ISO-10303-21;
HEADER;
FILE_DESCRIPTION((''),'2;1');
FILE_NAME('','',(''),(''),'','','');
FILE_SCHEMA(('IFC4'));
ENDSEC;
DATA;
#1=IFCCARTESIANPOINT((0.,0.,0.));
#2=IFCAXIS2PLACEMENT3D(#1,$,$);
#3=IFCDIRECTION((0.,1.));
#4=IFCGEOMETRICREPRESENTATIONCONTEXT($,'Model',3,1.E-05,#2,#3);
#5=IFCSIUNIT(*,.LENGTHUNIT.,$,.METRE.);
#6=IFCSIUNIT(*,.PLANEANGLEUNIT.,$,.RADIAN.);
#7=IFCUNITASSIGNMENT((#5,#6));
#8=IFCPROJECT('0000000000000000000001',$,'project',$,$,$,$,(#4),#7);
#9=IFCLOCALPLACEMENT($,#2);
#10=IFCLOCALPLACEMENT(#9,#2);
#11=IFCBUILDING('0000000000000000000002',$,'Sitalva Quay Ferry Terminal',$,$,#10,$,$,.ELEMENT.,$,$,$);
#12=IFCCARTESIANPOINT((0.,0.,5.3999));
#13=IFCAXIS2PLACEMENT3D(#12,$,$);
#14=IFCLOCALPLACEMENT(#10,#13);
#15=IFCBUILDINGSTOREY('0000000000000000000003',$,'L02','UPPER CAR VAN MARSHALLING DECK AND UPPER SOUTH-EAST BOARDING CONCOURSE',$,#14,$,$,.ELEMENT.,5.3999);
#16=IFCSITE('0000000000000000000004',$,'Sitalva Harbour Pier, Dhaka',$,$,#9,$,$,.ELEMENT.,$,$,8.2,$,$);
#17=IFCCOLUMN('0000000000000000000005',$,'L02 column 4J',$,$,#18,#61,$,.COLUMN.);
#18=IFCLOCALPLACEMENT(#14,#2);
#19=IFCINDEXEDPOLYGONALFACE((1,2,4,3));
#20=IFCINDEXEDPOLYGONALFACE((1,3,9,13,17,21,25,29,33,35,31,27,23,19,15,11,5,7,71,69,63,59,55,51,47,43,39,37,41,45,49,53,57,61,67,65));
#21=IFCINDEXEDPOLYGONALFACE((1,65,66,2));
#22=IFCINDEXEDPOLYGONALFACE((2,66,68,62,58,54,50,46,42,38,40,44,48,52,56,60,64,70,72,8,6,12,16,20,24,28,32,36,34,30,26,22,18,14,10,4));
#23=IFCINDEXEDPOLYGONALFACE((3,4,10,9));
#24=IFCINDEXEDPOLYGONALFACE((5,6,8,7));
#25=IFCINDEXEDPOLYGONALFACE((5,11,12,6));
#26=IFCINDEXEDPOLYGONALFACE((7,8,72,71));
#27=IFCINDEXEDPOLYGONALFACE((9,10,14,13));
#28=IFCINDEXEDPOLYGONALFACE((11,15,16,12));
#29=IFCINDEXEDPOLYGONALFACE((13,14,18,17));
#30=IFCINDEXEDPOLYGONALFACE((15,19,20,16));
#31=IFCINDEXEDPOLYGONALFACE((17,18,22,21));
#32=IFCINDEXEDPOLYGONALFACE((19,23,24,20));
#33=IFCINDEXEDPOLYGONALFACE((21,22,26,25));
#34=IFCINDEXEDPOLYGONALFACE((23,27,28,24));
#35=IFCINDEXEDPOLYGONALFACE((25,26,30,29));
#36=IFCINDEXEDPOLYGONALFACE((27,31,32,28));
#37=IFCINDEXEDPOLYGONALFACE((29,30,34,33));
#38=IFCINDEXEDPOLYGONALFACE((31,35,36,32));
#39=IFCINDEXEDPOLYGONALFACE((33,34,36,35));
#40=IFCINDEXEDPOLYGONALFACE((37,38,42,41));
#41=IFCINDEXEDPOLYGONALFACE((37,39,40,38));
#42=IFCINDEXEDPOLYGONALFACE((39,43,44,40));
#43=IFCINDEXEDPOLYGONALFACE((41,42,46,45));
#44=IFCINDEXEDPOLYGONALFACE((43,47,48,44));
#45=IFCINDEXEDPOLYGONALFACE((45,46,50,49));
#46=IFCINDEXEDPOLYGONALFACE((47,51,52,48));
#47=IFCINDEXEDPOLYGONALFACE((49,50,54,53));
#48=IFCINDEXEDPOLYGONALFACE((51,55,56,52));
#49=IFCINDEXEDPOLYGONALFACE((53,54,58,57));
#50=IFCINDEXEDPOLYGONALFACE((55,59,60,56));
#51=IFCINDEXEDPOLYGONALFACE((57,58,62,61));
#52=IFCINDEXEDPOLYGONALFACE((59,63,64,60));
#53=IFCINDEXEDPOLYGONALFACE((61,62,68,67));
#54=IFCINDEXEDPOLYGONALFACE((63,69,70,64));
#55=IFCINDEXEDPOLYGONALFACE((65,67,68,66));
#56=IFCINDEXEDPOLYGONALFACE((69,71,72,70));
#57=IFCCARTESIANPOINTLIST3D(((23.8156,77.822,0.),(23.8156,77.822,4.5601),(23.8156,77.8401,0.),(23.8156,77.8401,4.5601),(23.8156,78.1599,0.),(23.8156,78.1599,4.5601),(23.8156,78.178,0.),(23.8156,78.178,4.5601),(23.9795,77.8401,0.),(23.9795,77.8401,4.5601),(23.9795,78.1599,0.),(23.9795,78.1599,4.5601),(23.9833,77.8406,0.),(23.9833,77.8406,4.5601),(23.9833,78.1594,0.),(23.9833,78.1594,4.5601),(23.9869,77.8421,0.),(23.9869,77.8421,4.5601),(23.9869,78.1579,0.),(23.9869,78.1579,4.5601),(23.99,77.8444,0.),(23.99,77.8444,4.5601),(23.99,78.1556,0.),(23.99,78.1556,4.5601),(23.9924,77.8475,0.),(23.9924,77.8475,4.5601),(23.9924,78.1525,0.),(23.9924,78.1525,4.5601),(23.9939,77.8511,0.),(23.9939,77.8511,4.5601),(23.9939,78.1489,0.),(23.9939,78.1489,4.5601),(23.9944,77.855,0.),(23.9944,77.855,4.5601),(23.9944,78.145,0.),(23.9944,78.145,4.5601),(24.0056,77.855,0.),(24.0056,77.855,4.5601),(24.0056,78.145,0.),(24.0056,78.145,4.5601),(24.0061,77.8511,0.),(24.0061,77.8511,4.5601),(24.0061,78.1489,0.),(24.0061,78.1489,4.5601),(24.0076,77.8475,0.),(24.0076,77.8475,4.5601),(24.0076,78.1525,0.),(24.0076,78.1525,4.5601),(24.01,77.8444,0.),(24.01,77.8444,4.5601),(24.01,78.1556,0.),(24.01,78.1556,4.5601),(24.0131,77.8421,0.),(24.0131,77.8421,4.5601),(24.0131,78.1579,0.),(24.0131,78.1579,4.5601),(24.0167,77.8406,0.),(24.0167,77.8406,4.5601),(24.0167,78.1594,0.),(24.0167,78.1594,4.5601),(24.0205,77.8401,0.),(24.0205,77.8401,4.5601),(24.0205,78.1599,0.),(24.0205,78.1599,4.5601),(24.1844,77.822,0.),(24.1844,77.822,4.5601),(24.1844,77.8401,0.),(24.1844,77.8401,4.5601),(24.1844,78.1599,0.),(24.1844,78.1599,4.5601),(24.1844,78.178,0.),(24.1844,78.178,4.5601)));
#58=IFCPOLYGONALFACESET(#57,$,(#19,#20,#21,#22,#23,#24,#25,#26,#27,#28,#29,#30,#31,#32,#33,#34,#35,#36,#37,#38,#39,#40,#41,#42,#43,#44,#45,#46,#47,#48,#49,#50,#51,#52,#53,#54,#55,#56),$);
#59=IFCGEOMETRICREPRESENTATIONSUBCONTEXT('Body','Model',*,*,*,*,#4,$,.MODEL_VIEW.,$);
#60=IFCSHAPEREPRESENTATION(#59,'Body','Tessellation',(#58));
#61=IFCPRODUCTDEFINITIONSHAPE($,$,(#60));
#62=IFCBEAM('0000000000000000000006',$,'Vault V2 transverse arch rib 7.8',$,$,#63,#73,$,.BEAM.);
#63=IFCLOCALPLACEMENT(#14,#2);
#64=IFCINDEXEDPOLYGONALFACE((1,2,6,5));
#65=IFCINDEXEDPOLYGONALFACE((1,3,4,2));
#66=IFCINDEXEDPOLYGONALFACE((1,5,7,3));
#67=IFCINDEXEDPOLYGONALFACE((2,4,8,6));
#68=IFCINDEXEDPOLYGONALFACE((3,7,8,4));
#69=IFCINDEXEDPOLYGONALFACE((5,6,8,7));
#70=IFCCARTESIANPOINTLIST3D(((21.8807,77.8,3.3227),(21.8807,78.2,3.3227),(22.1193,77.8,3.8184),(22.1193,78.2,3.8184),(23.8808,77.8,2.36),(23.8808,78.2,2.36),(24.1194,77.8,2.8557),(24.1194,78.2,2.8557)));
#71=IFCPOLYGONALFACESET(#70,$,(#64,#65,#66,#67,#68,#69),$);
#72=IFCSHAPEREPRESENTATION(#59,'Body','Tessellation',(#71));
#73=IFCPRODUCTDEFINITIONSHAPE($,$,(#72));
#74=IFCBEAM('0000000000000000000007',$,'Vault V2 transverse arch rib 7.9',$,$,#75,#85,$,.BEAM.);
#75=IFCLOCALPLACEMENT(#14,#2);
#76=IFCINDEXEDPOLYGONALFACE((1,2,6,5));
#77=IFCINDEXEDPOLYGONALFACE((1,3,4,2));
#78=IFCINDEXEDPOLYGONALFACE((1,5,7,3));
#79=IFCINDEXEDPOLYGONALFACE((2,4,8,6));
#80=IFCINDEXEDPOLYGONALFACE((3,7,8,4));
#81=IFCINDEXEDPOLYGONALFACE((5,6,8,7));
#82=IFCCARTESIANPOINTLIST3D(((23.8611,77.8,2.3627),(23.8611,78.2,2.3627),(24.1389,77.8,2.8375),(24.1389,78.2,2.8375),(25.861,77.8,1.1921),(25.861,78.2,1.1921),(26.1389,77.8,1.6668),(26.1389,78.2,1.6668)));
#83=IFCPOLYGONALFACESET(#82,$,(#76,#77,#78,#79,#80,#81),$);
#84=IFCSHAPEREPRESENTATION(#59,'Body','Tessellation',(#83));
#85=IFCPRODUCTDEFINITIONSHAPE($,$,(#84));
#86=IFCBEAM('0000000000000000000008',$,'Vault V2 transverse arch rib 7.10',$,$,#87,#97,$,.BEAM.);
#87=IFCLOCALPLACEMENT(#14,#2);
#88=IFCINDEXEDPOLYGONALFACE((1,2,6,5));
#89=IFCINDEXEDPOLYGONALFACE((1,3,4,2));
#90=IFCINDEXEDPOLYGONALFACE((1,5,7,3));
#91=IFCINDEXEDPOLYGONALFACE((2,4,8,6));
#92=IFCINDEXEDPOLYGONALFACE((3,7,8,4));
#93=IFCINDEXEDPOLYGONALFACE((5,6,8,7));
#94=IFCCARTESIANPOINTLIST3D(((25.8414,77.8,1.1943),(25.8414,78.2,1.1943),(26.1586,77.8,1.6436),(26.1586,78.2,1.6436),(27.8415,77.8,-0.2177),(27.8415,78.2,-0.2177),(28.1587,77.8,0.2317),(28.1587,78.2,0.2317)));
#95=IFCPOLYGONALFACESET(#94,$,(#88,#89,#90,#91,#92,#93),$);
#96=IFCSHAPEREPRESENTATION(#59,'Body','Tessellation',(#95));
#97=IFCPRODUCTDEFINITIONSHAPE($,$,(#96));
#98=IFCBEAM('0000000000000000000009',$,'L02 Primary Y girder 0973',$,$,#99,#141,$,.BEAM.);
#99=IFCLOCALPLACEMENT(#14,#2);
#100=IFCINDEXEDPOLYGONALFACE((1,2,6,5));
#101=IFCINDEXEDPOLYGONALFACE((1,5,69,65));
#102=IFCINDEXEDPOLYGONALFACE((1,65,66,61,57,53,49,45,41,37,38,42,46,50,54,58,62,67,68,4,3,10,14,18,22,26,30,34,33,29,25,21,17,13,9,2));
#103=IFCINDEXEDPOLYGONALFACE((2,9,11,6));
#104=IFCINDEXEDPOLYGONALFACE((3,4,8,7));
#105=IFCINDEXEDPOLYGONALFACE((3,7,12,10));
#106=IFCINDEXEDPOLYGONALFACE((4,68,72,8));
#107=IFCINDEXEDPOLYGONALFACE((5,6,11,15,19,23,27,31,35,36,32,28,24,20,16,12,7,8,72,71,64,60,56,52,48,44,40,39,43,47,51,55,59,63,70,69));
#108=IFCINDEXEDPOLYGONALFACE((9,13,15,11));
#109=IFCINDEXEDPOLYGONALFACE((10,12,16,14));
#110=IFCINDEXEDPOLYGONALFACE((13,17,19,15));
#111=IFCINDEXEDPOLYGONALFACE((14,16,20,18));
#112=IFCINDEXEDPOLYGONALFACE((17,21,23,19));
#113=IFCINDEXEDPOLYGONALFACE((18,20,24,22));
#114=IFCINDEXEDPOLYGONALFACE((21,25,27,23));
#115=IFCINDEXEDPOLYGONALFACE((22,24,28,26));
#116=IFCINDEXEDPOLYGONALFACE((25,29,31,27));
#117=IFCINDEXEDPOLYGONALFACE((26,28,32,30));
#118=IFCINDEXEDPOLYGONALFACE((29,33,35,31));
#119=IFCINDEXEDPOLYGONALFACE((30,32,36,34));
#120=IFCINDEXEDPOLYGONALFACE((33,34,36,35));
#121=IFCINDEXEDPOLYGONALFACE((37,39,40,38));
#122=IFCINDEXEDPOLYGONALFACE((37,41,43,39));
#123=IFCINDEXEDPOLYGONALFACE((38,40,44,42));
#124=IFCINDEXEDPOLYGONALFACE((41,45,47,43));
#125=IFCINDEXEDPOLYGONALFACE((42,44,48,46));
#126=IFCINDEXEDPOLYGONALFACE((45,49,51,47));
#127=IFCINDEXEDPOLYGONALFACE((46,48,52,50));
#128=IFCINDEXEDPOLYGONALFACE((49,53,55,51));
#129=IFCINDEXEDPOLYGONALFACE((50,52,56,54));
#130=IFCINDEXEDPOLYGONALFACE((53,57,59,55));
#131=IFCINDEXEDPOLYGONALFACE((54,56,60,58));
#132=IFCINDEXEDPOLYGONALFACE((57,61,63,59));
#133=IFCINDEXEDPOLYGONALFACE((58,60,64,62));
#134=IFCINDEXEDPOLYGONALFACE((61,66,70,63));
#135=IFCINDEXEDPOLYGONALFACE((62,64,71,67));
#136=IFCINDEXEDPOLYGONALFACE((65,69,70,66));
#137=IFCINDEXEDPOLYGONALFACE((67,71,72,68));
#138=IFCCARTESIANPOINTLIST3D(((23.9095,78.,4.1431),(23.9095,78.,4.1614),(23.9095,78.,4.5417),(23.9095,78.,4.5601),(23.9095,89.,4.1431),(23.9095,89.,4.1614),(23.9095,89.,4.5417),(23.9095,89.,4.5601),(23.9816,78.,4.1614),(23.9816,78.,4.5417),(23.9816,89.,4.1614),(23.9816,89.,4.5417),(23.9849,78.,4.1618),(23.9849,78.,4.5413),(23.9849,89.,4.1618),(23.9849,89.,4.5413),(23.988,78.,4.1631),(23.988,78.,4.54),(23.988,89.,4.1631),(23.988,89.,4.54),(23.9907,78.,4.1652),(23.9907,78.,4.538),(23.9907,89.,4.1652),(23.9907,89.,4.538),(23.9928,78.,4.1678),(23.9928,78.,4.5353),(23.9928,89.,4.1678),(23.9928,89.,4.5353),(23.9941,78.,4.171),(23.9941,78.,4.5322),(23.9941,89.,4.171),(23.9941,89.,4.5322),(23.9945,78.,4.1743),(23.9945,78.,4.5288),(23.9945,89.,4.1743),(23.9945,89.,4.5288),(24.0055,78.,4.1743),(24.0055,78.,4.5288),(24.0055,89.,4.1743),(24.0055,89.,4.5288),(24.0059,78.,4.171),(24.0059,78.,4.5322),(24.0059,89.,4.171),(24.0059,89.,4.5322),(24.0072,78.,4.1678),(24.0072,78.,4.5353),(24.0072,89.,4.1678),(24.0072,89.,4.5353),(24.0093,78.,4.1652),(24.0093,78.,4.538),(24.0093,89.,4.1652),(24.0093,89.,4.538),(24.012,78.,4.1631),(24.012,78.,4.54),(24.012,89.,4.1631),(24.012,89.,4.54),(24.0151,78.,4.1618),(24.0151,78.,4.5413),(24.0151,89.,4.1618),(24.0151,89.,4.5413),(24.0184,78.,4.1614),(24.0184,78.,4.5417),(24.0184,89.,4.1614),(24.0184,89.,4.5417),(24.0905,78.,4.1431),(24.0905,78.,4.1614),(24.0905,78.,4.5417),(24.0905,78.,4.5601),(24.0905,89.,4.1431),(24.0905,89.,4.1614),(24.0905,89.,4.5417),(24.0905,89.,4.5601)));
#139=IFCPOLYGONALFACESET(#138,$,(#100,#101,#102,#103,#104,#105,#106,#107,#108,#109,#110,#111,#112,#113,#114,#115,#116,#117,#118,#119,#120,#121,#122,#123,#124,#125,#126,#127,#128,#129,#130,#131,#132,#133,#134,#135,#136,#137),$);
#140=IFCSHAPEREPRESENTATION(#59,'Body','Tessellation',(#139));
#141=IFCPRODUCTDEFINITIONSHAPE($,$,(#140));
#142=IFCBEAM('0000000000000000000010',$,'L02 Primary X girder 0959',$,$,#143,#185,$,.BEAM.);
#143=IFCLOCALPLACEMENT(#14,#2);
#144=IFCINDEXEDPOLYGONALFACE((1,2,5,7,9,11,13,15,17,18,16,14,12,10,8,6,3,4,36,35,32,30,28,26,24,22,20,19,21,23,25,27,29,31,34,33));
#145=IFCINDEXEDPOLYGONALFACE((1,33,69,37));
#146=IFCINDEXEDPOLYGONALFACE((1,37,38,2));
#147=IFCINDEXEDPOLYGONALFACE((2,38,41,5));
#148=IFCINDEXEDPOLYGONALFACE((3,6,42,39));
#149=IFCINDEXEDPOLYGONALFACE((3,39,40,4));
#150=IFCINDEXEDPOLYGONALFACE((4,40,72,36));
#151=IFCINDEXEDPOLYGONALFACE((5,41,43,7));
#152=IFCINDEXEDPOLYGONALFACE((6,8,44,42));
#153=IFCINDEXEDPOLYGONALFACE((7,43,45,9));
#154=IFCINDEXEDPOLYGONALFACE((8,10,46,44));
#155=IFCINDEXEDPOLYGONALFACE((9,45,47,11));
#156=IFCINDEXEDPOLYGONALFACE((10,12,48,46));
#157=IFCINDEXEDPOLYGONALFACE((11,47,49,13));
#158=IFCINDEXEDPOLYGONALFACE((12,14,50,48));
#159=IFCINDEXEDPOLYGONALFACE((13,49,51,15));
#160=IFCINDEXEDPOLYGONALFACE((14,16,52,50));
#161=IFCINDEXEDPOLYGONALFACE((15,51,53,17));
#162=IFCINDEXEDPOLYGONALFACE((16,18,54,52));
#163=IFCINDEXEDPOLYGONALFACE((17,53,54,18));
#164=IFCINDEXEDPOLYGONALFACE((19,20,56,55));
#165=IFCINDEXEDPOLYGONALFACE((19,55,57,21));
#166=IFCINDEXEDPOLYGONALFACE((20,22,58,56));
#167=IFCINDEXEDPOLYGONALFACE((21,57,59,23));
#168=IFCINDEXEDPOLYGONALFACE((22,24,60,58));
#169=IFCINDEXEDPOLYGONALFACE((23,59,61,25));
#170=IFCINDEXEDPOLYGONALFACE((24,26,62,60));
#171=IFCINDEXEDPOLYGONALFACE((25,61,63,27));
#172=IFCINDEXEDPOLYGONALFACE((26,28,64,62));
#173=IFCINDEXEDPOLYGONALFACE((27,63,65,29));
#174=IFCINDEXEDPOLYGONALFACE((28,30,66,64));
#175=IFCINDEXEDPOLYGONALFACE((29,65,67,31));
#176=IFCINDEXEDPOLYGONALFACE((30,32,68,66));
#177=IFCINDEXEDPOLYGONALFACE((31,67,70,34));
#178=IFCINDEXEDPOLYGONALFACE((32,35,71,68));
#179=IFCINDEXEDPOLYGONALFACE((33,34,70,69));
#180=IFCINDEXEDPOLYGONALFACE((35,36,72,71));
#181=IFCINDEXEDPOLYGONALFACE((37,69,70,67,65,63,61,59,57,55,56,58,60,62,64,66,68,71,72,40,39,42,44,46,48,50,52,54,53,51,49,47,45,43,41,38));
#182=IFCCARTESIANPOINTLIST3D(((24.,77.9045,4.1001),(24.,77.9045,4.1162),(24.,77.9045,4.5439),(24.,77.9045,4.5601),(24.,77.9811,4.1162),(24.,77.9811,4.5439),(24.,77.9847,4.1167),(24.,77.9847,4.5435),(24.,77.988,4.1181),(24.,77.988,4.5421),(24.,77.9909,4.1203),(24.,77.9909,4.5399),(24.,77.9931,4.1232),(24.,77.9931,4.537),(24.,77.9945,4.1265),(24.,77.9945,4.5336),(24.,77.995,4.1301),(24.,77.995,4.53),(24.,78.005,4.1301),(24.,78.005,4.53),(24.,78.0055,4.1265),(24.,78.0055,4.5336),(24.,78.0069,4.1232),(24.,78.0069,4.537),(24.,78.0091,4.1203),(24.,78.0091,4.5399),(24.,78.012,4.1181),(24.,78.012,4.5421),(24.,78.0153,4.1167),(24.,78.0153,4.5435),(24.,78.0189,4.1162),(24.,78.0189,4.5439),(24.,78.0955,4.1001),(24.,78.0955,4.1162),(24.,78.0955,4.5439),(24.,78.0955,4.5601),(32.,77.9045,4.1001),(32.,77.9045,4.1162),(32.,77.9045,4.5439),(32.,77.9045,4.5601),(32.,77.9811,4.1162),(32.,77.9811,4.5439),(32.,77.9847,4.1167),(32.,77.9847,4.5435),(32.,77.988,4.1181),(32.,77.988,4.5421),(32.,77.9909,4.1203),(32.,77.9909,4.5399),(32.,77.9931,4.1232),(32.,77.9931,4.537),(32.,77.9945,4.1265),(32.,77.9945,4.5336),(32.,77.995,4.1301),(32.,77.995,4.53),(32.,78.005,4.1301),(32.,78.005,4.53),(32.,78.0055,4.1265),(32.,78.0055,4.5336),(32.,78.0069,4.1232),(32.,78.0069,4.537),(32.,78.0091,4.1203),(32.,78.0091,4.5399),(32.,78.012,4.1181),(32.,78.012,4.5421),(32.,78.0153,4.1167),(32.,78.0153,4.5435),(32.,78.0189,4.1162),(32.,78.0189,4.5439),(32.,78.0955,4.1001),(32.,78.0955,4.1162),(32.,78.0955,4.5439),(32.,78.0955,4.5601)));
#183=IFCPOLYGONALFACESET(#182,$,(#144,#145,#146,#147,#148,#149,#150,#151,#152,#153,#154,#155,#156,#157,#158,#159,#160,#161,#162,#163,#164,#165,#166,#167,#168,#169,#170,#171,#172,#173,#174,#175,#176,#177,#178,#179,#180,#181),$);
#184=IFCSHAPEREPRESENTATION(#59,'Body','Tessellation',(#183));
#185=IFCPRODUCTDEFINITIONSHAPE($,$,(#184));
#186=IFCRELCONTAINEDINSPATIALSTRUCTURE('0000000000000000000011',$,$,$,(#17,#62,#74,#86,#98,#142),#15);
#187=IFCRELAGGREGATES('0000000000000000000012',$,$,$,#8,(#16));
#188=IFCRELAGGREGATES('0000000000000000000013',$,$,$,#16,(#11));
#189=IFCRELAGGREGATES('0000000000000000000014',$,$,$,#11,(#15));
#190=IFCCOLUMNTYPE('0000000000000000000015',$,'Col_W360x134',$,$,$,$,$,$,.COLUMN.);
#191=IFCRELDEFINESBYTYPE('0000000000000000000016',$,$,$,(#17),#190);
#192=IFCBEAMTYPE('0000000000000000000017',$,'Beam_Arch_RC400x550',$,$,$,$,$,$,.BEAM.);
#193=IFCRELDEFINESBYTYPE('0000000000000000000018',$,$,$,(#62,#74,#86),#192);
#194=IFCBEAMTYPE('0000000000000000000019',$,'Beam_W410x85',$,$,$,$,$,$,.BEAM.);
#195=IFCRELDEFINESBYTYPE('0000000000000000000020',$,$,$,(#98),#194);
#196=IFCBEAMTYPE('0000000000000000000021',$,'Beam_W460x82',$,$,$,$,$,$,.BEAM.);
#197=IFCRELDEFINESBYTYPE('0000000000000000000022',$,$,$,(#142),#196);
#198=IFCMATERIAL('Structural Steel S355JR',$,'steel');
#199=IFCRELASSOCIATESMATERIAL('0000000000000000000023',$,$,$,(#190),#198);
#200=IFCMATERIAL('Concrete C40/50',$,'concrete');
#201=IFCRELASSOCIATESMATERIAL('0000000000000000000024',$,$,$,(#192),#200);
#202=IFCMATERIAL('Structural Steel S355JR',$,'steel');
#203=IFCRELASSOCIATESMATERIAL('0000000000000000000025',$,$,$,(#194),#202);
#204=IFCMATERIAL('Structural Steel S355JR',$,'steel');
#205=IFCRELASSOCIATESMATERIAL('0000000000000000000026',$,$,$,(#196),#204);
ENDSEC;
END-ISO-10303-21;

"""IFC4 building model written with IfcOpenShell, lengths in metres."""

from ifc_helpers import new_model, si_unit, direction, frame, origin, origin_2d, place, context, subcontext, project, spatial, rectangle, i_section, extrude, material, material_profile, profile_set, type_object, element, save


model = new_model("IFC4")

# Units and contexts
model_context = context("Model", 3, precision=1e-05, world=origin(), true_north=direction((0.0, 1.0)))
body_context = subcontext(model_context, "Body", "Model", "MODEL_VIEW")
ifc_project = project(units=[si_unit("LENGTHUNIT", "METRE"), si_unit("PLANEANGLEUNIT", "RADIAN")], contexts=[model_context])

# Site, building, storey
site_placement = place(None, origin())
site = spatial("IfcSite", under=ifc_project, at=site_placement, Name="Sitalva Harbour Pier, Dhaka", CompositionType="ELEMENT", RefElevation=8.2)
building_placement = place(site_placement, origin())
building = spatial("IfcBuilding", under=site, at=building_placement, Name="Sitalva Quay Ferry Terminal", CompositionType="ELEMENT")
storey_placement = place(building_placement, frame((0.0, 0.0, 5.3999)))
storey = spatial("IfcBuildingStorey", under=building, at=storey_placement, Name="L02", Description="UPPER CAR VAN MARSHALLING DECK AND UPPER SOUTH-EAST BOARDING CONCOURSE", CompositionType="ELEMENT", Elevation=5.3999)

# Column
ifc_material_1 = material(Name="Structural Steel S355JR", Category="steel")
ifc_material_profile_1 = material_profile(ifc_material_1, i_section(OverallWidth=0.3689, OverallDepth=0.356, WebThickness=0.0112, FlangeThickness=0.0181, FilletRadius=0.0149, at=origin_2d()), Name="W360x134")
ifc_profile_set_1 = profile_set([ifc_material_profile_1], Name="Structural Steel S355JR")
column_type = type_object("IfcColumnType", Name="Col_W360x134", PredefinedType="COLUMN", material=ifc_profile_set_1)
column_placement = place(storey_placement, frame((24.0, 78.0, 0.0), z_axis=(0.0, 0.0, 1.0), x_axis=(1.0, 0.0, 0.0)))
element("IfcColumn", 1, at=column_placement, inside=storey, type_object=column_type, Name="L02 column 4J", PredefinedType="COLUMN", context=body_context, shape_type="SweptSolid", body=[
    extrude(i_section(OverallWidth=0.3689, OverallDepth=0.356, WebThickness=0.0112, FlangeThickness=0.0181, FilletRadius=0.0149, at=origin_2d()), origin(), (0.0, 0.0, 1.0), 4.5601),
])

# Beams
ifc_material_2 = material(Name="Concrete C40/50", Category="concrete")
ifc_material_profile_2 = material_profile(ifc_material_2, rectangle(XDim=0.3999, YDim=0.55, at=origin_2d()), Name="RC400x550")
ifc_profile_set_2 = profile_set([ifc_material_profile_2], Name="Concrete C40/50")
beam_type_1 = type_object("IfcBeamType", Name="Beam_Arch_RC400x550", PredefinedType="BEAM", material=ifc_profile_set_2)
beam_1_placement = place(storey_placement, frame((22.0, 78.0, 3.5706), z_axis=(0.901057, 0.0, -0.4337), x_axis=(0.0, 1.0, 0.0)))
element("IfcBeam", 2, at=beam_1_placement, inside=storey, type_object=beam_type_1, Name="Vault V2 transverse arch rib 7.8", PredefinedType="BEAM", context=body_context, shape_type="SweptSolid", body=[
    extrude(rectangle(XDim=0.3999, YDim=0.55, at=origin_2d()), origin(), (0.0, 0.0, 1.0), 2.2197),
])
beam_2_placement = place(storey_placement, frame((24.0, 78.0, 2.6001), z_axis=(0.863029, 0.0, -0.505154), x_axis=(0.0, 1.0, 0.0)))
element("IfcBeam", 3, at=beam_2_placement, inside=storey, type_object=beam_type_1, Name="Vault V2 transverse arch rib 7.9", PredefinedType="BEAM", context=body_context, shape_type="SweptSolid", body=[
    extrude(rectangle(XDim=0.3999, YDim=0.55, at=origin_2d()), origin(), (0.0, 0.0, 1.0), 2.3174),
])
beam_3_placement = place(storey_placement, frame((26.0, 78.0, 1.4189), z_axis=(0.816949, 0.0, -0.576711), x_axis=(0.0, 1.0, 0.0)))
element("IfcBeam", 4, at=beam_3_placement, inside=storey, type_object=beam_type_1, Name="Vault V2 transverse arch rib 7.10", PredefinedType="BEAM", context=body_context, shape_type="SweptSolid", body=[
    extrude(rectangle(XDim=0.3999, YDim=0.55, at=origin_2d()), origin(), (0.0, 0.0, 1.0), 2.4482),
])
ifc_material_3 = material(Name="Structural Steel S355JR", Category="steel")
ifc_material_profile_3 = material_profile(ifc_material_3, i_section(OverallWidth=0.1809, OverallDepth=0.417, WebThickness=0.011, FlangeThickness=0.0183, FilletRadius=0.0129, at=origin_2d()), Name="W410x85")
ifc_profile_set_3 = profile_set([ifc_material_profile_3], Name="Structural Steel S355JR")
beam_type_2 = type_object("IfcBeamType", Name="Beam_W410x85", PredefinedType="BEAM", material=ifc_profile_set_3)
beam_4_placement = place(storey_placement, frame((24.0, 78.0, 4.3516), z_axis=(0.0, 1.0, 0.0), x_axis=(-1.0, 0.0, 0.0)))
element("IfcBeam", 5, at=beam_4_placement, inside=storey, type_object=beam_type_2, Name="L02 Primary Y girder 0973", PredefinedType="BEAM", context=body_context, shape_type="SweptSolid", body=[
    extrude(i_section(OverallWidth=0.1809, OverallDepth=0.417, WebThickness=0.011, FlangeThickness=0.0183, FilletRadius=0.0129, at=origin_2d()), origin(), (0.0, 0.0, 1.0), 11.0),
])
ifc_material_4 = material(Name="Structural Steel S355JR", Category="steel")
ifc_material_profile_4 = material_profile(ifc_material_4, i_section(OverallWidth=0.1909, OverallDepth=0.46, WebThickness=0.01, FlangeThickness=0.0161, FilletRadius=0.0139, at=origin_2d()), Name="W460x82")
ifc_profile_set_4 = profile_set([ifc_material_profile_4], Name="Structural Steel S355JR")
beam_type_3 = type_object("IfcBeamType", Name="Beam_W460x82", PredefinedType="BEAM", material=ifc_profile_set_4)
beam_5_placement = place(storey_placement, frame((24.0, 78.0, 4.3301), z_axis=(1.0, 0.0, 0.0), x_axis=(0.0, 1.0, 0.0)))
element("IfcBeam", 6, at=beam_5_placement, inside=storey, type_object=beam_type_3, Name="L02 Primary X girder 0959", PredefinedType="BEAM", context=body_context, shape_type="SweptSolid", body=[
    extrude(i_section(OverallWidth=0.1909, OverallDepth=0.46, WebThickness=0.01, FlangeThickness=0.0161, FilletRadius=0.0139, at=origin_2d()), origin(), (0.0, 0.0, 1.0), 8.0),
])

save(model, "model.ifc")
